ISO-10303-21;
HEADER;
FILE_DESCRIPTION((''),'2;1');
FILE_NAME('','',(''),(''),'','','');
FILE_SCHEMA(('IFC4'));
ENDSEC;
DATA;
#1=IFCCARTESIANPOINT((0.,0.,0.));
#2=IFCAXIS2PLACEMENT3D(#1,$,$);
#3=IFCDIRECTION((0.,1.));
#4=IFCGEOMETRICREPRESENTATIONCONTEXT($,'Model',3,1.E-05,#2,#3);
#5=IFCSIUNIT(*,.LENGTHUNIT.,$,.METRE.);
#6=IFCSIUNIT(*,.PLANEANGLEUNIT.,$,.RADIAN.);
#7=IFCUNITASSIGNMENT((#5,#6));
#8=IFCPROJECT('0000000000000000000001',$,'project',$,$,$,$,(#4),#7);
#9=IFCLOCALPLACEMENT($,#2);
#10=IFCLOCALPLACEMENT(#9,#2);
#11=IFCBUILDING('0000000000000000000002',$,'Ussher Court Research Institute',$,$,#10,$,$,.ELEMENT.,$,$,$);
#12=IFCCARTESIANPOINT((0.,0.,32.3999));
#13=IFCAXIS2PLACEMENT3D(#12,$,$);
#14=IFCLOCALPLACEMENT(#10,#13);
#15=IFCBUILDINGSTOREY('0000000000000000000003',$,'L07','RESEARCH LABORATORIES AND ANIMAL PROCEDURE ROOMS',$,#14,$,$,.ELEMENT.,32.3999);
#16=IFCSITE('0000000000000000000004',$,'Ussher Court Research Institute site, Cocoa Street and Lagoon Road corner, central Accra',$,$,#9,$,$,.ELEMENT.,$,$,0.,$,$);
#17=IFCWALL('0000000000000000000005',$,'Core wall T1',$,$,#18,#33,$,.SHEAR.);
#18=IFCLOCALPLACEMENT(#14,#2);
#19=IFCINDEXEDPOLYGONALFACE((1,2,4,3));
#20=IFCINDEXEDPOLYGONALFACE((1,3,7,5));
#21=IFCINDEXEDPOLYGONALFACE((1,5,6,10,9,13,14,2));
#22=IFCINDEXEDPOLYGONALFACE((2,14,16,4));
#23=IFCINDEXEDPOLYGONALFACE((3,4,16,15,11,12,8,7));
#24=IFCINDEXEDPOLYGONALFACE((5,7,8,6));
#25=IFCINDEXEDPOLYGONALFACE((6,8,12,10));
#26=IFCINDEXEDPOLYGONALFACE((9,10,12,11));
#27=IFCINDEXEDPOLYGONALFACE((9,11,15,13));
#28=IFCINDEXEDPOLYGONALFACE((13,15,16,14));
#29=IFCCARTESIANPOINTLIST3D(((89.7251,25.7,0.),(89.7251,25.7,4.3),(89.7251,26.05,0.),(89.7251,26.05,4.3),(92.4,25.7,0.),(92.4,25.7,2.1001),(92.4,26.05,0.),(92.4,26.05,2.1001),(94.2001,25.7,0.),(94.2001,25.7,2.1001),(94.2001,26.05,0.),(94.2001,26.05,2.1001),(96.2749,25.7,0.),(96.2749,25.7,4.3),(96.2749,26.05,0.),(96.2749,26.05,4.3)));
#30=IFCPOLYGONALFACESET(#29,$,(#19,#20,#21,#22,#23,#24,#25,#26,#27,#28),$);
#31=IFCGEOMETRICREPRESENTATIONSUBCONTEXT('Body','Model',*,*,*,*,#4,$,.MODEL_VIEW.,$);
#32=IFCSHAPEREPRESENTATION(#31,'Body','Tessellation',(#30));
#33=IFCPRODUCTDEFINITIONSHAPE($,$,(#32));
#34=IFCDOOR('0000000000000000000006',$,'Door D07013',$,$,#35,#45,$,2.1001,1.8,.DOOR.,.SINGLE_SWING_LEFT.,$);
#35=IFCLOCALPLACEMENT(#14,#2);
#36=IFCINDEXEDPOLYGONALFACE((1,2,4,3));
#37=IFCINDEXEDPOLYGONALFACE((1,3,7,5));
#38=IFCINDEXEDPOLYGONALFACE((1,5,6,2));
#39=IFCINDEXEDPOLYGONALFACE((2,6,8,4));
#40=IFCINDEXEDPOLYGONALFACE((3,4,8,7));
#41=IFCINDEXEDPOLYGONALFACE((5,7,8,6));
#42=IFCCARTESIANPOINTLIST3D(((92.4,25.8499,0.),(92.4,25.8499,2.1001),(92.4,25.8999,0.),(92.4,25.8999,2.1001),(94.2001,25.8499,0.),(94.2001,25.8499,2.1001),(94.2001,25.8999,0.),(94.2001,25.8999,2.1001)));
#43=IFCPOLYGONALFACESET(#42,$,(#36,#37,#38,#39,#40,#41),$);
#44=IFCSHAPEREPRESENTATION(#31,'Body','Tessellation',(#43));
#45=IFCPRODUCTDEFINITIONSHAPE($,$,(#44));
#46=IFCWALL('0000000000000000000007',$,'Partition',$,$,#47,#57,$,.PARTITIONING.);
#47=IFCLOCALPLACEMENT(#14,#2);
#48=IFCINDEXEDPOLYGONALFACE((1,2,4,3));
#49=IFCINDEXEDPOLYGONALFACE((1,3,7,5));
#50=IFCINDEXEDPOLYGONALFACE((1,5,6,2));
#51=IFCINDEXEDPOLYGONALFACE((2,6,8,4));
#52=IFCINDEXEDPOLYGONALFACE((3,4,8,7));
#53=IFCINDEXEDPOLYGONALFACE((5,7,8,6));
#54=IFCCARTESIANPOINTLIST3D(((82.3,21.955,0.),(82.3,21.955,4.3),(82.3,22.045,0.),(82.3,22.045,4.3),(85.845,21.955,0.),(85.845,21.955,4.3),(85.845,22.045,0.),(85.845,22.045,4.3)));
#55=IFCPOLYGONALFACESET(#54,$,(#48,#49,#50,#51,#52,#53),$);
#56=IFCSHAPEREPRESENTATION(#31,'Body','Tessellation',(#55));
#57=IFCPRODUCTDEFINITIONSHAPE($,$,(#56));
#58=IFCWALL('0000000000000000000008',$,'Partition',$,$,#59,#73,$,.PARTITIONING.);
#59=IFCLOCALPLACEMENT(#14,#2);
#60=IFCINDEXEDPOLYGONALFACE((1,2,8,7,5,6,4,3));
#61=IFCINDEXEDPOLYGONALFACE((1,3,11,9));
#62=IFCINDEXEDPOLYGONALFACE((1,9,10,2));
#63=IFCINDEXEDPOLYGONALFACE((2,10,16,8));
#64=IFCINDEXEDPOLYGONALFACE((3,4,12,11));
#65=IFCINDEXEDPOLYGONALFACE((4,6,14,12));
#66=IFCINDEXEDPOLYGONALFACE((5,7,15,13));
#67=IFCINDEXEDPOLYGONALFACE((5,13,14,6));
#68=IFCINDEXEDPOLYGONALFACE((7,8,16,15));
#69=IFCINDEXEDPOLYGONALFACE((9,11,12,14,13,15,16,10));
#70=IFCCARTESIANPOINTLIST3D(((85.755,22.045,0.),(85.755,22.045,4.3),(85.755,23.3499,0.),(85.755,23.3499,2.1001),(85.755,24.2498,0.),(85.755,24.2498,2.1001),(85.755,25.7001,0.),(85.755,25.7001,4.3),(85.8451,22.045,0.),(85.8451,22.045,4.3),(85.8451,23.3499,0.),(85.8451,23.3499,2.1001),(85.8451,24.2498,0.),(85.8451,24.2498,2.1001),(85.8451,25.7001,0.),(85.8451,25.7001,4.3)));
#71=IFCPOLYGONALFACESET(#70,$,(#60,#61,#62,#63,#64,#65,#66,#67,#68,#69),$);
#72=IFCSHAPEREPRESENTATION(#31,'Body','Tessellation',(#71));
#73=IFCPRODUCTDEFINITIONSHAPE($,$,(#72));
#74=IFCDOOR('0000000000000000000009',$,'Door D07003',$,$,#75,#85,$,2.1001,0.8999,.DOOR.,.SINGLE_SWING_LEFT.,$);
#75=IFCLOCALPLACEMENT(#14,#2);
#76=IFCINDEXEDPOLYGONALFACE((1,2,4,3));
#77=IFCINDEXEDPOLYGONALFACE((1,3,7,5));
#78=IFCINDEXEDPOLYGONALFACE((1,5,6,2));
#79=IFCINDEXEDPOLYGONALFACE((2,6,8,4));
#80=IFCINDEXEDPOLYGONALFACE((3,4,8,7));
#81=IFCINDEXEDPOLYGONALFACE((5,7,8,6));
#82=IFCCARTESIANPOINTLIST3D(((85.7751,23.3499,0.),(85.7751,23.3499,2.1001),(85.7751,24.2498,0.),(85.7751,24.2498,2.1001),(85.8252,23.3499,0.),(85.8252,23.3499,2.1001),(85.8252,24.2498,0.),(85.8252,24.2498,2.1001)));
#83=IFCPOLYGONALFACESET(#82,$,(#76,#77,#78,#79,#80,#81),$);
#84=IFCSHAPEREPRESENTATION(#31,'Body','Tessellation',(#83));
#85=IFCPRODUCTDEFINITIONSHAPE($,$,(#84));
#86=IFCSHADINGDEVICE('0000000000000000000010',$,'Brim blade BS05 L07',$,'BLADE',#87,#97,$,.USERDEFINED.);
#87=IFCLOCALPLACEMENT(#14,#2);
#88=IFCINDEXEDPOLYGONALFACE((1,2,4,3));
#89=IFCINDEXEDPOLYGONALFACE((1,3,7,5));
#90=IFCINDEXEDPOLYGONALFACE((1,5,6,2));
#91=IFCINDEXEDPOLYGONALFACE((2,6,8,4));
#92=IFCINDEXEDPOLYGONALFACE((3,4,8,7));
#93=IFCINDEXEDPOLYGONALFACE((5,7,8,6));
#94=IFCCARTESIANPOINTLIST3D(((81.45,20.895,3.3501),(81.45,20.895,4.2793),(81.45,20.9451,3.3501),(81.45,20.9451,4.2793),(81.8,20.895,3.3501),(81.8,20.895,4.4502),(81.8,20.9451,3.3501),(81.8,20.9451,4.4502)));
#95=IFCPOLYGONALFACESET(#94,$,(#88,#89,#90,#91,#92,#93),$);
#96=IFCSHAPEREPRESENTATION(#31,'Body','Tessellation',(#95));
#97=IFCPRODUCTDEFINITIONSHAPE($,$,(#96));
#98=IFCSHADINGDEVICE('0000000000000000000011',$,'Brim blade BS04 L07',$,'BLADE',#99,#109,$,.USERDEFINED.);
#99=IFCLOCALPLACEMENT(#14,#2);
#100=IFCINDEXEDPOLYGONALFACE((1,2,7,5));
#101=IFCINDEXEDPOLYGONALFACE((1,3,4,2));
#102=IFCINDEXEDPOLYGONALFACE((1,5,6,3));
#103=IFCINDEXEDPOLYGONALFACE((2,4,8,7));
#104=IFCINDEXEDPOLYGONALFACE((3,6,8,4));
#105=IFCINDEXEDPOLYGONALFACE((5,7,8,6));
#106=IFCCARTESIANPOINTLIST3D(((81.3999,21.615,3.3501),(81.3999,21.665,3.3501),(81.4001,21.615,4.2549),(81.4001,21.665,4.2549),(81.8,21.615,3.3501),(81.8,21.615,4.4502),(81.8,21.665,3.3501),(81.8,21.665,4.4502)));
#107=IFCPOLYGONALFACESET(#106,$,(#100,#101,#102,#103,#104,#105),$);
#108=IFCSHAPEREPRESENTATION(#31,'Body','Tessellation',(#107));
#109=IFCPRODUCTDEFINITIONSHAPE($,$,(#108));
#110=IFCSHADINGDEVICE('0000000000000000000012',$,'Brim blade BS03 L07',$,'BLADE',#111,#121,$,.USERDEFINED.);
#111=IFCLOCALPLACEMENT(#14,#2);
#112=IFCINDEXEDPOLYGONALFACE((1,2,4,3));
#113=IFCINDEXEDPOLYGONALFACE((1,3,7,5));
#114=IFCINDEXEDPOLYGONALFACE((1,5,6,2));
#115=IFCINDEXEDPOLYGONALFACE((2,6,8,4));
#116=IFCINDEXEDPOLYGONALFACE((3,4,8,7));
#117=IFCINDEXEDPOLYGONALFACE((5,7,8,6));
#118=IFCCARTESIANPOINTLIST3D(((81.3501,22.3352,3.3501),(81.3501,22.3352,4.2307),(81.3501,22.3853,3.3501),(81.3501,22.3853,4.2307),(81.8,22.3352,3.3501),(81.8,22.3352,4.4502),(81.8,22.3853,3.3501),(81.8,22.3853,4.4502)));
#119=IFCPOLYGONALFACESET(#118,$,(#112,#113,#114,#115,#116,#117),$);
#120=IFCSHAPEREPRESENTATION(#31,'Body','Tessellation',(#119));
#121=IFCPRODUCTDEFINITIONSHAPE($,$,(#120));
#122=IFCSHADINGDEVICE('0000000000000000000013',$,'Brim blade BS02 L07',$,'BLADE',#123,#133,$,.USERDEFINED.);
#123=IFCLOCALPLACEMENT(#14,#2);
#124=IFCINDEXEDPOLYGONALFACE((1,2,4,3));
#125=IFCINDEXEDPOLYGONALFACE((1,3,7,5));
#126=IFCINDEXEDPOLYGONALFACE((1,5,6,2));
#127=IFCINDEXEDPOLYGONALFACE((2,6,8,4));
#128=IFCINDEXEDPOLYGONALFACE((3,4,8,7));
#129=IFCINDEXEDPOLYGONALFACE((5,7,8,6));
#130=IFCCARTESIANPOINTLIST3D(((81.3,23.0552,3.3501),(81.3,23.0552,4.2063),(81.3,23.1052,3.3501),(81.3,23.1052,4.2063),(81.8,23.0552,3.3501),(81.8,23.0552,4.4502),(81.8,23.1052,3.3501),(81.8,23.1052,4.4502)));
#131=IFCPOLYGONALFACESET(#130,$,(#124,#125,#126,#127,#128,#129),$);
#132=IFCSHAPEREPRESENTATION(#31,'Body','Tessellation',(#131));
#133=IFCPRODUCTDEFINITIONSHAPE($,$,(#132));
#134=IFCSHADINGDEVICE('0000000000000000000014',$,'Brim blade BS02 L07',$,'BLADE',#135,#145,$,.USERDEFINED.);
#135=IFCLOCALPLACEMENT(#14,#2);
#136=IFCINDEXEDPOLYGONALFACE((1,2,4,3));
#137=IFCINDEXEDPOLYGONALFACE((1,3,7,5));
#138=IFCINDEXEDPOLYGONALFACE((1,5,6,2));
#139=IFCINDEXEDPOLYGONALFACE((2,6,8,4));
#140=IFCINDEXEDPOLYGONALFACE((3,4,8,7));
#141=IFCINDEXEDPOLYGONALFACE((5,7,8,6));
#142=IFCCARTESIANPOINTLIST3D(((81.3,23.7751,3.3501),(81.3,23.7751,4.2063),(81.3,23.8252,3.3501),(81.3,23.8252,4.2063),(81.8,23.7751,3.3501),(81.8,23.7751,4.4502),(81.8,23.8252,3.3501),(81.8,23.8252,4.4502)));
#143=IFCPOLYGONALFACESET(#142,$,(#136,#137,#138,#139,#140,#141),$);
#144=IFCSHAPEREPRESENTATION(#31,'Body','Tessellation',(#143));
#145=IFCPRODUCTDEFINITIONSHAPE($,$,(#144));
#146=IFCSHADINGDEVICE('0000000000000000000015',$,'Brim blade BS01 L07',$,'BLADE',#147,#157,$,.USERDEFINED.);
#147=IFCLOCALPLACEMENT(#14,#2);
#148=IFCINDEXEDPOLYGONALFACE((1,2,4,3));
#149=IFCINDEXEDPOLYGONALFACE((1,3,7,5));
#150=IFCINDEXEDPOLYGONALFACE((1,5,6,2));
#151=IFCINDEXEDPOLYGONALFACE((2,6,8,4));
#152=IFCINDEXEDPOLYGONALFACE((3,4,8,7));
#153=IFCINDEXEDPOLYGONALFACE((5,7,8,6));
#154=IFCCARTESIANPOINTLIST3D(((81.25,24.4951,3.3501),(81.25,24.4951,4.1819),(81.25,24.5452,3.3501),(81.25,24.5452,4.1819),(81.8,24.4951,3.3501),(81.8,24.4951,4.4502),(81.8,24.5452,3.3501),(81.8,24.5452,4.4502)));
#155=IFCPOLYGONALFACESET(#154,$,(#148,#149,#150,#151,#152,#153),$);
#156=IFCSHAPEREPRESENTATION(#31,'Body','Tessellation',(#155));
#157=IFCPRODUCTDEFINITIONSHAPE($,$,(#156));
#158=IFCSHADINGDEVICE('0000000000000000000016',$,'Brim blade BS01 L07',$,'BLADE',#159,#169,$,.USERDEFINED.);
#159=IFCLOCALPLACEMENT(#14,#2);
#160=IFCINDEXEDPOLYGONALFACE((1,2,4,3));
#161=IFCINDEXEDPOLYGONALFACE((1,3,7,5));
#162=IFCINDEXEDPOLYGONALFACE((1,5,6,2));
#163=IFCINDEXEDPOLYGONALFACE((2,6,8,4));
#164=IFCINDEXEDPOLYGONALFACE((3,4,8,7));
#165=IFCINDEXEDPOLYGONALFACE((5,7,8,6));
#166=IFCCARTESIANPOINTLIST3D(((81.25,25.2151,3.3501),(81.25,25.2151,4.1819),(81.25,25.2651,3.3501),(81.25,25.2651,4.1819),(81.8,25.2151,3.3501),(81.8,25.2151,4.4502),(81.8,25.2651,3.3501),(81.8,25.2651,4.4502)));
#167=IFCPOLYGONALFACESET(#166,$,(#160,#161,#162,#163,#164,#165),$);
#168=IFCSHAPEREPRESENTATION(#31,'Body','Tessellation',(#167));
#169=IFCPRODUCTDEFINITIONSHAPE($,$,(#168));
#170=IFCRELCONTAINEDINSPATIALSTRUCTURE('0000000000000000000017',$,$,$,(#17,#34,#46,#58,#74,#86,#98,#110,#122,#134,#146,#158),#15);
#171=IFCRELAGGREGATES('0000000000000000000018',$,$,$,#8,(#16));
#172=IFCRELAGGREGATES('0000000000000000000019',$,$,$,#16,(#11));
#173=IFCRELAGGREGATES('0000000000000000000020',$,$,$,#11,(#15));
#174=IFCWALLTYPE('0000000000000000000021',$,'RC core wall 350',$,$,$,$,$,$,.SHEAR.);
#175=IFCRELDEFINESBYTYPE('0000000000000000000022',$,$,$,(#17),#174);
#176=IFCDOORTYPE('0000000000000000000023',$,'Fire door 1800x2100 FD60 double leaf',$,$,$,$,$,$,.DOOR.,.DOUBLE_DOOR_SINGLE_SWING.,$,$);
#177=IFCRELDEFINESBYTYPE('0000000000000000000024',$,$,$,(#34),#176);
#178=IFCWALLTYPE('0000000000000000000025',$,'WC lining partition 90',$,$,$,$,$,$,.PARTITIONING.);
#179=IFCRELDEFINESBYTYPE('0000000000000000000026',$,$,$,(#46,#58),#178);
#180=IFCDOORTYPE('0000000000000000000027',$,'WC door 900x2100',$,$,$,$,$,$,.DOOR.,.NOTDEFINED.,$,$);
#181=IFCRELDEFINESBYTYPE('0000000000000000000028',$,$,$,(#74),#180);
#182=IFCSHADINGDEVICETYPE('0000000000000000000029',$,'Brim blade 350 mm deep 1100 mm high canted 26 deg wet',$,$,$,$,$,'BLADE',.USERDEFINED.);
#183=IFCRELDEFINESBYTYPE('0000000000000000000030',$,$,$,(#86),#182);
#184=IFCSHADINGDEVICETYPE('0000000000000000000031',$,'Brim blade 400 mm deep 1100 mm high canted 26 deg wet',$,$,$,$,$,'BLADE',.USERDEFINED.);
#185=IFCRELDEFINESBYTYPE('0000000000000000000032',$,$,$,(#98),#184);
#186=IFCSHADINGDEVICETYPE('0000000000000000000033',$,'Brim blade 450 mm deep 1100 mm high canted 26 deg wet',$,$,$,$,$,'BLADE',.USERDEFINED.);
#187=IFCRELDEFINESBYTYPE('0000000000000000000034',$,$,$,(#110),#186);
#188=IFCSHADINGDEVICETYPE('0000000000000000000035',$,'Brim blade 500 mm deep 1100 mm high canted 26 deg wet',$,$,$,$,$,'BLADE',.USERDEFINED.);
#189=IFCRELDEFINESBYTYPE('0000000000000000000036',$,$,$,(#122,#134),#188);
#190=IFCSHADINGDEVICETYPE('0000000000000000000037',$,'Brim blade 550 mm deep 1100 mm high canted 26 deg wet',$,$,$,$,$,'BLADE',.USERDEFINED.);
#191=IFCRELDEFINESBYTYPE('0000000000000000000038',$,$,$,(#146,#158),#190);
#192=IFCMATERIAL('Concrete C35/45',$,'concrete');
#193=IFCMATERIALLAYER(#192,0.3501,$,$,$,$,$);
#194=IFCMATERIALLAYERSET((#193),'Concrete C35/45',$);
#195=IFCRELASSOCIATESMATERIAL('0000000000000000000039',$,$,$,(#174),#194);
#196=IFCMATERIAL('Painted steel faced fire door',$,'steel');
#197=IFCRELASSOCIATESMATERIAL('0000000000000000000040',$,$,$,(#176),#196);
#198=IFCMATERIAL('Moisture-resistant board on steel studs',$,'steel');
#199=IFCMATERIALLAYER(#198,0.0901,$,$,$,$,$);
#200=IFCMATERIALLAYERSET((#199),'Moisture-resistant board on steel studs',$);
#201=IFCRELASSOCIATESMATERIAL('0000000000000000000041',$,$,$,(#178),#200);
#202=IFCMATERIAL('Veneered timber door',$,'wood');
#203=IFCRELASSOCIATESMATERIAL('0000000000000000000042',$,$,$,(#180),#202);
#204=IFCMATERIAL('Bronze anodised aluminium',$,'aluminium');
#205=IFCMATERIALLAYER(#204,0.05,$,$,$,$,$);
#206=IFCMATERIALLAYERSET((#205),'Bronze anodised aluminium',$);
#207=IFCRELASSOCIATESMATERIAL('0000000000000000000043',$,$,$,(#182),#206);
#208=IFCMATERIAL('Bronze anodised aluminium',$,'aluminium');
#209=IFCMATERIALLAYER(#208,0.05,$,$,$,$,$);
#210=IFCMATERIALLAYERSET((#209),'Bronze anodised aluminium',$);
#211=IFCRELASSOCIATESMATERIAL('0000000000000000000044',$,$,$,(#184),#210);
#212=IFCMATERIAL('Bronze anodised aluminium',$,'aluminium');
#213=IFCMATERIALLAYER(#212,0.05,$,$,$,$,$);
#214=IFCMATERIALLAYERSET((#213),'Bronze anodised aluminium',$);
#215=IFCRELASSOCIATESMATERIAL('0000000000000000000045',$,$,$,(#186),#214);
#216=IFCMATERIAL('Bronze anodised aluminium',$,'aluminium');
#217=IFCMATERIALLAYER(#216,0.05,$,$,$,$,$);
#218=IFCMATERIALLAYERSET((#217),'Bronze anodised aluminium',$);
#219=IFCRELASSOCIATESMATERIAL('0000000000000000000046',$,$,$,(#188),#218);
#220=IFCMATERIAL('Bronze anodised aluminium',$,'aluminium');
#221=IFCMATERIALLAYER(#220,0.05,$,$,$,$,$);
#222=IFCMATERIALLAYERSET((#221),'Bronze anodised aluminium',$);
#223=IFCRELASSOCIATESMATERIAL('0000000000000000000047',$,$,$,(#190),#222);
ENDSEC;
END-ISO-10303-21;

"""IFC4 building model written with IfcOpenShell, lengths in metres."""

from ifc_helpers import new_model, si_unit, direction, frame, frame_2d, origin, place, context, subcontext, project, spatial, polyline, rectangle, outline, extrude, material, layer, layer_set, type_object, element, fill, save


model = new_model("IFC4")

# Units and contexts
model_context = context("Model", 3, precision=1e-05, world=origin(), true_north=direction((0.0, 1.0)))
body_context = subcontext(model_context, "Body", "Model", "MODEL_VIEW")
ifc_project = project(units=[si_unit("LENGTHUNIT", "METRE"), si_unit("PLANEANGLEUNIT", "RADIAN")], contexts=[model_context])

# Site, building, storey
site_placement = place(None, origin())
site = spatial("IfcSite", under=ifc_project, at=site_placement, Name="Ussher Court Research Institute site, Cocoa Street and Lagoon Road corner, central Accra", CompositionType="ELEMENT", RefElevation=0.0)
building_placement = place(site_placement, origin())
building = spatial("IfcBuilding", under=site, at=building_placement, Name="Ussher Court Research Institute", CompositionType="ELEMENT")
storey_placement = place(building_placement, frame((0.0, 0.0, 32.3999)))
storey = spatial("IfcBuildingStorey", under=building, at=storey_placement, Name="L07", Description="RESEARCH LABORATORIES AND ANIMAL PROCEDURE ROOMS", CompositionType="ELEMENT", Elevation=32.3999)

# Wall, opening, door
ifc_material_1 = material(Name="Concrete C35/45", Category="concrete")
ifc_layer_1 = layer(ifc_material_1, 0.3501)
ifc_layer_set_1 = layer_set([ifc_layer_1], Name="Concrete C35/45")
wall_type_1 = type_object("IfcWallType", Name="RC core wall 350", PredefinedType="SHEAR", material=ifc_layer_set_1)
wall_1_placement = place(storey_placement, frame((89.7251, 25.875, 0.0), z_axis=(0.0, 0.0, 1.0), x_axis=(1.0, 0.0, 0.0)))
wall_1 = element("IfcWall", 1, at=wall_1_placement, inside=storey, type_object=wall_type_1, Name="Core wall T1", PredefinedType="SHEAR", context=body_context, shape_type="SweptSolid", body=[
    extrude(rectangle(XDim=6.5498, YDim=0.3501, at=frame_2d((3.2749, 0.0))), origin(), (0.0, 0.0, 1.0), 4.3),
])
opening_1_placement = place(wall_1_placement, frame((2.675, 0.0, 0.0)))
opening_1 = element("IfcOpeningElement", 2, at=opening_1_placement, cuts=wall_1, PredefinedType="OPENING", context=body_context, shape_type="SweptSolid", body=[
    extrude(rectangle(XDim=1.8, YDim=2.1001, at=frame_2d((0.8999, 1.05))), frame((0.0, 0.1851, 0.0), z_axis=(0.0, -1.0, 0.0), x_axis=(1.0, 0.0, 0.0)), (0.0, 0.0, 1.0), 0.3701),
])
ifc_material_2 = material(Name="Painted steel faced fire door", Category="steel")
door_type_1 = type_object("IfcDoorType", Name="Fire door 1800x2100 FD60 double leaf", OperationType="DOUBLE_DOOR_SINGLE_SWING", PredefinedType="DOOR", material=ifc_material_2)
door_1_placement = place(opening_1_placement, origin())
door_1 = element("IfcDoor", 3, at=door_1_placement, inside=storey, type_object=door_type_1, Name="Door D07013", OperationType="SINGLE_SWING_LEFT", OverallHeight=2.1001, OverallWidth=1.8, PredefinedType="DOOR", context=body_context, shape_type="SweptSolid", body=[
    extrude(rectangle(XDim=1.8, YDim=2.1001, at=frame_2d((0.8999, 1.05))), frame((0.0, 0.0249, 0.0), z_axis=(0.0, -1.0, 0.0), x_axis=(1.0, 0.0, 0.0)), (0.0, 0.0, 1.0), 0.05),
])
fill(opening_1, door_1)

# Wall
ifc_material_3 = material(Name="Moisture-resistant board on steel studs", Category="steel")
ifc_layer_2 = layer(ifc_material_3, 0.0901)
ifc_layer_set_2 = layer_set([ifc_layer_2], Name="Moisture-resistant board on steel studs")
wall_type_2 = type_object("IfcWallType", Name="WC lining partition 90", PredefinedType="PARTITIONING", material=ifc_layer_set_2)
wall_2_placement = place(storey_placement, frame((82.3, 22.0, 0.0), z_axis=(0.0, 0.0, 1.0), x_axis=(1.0, 0.0, 0.0)))
element("IfcWall", 4, at=wall_2_placement, inside=storey, type_object=wall_type_2, Name="Partition", PredefinedType="PARTITIONING", context=body_context, shape_type="SweptSolid", body=[
    extrude(rectangle(XDim=3.5449, YDim=0.0901, at=frame_2d((1.7725, 0.0))), origin(), (0.0, 0.0, 1.0), 4.3),
])

# Wall, opening, door
wall_3_placement = place(storey_placement, frame((85.8, 22.0449, 0.0), z_axis=(0.0, 0.0, 1.0), x_axis=(0.0, 1.0, 0.0)))
wall_3 = element("IfcWall", 5, at=wall_3_placement, inside=storey, type_object=wall_type_2, Name="Partition", PredefinedType="PARTITIONING", context=body_context, shape_type="SweptSolid", body=[
    extrude(rectangle(XDim=3.655, YDim=0.0901, at=frame_2d((1.8276, 0.0))), origin(), (0.0, 0.0, 1.0), 4.3),
])
opening_2_placement = place(wall_3_placement, frame((1.3049, 0.0, 0.0)))
opening_2 = element("IfcOpeningElement", 6, at=opening_2_placement, cuts=wall_3, PredefinedType="OPENING", context=body_context, shape_type="SweptSolid", body=[
    extrude(rectangle(XDim=0.8999, YDim=2.1001, at=frame_2d((0.45, 1.05))), frame((0.0, 0.0552, 0.0), z_axis=(0.0, -1.0, 0.0), x_axis=(1.0, 0.0, 0.0)), (0.0, 0.0, 1.0), 0.1101),
])
ifc_material_4 = material(Name="Veneered timber door", Category="wood")
door_type_2 = type_object("IfcDoorType", Name="WC door 900x2100", OperationType="NOTDEFINED", PredefinedType="DOOR", material=ifc_material_4)
door_2_placement = place(opening_2_placement, origin())
door_2 = element("IfcDoor", 7, at=door_2_placement, inside=storey, type_object=door_type_2, Name="Door D07003", OperationType="SINGLE_SWING_LEFT", OverallHeight=2.1001, OverallWidth=0.8999, PredefinedType="DOOR", context=body_context, shape_type="SweptSolid", body=[
    extrude(rectangle(XDim=0.8999, YDim=2.1001, at=frame_2d((0.45, 1.05))), frame((0.0, 0.0249, 0.0), z_axis=(0.0, -1.0, 0.0), x_axis=(1.0, 0.0, 0.0)), (0.0, 0.0, 1.0), 0.05),
])
fill(opening_2, door_2)

# Shading devices
ifc_material_5 = material(Name="Bronze anodised aluminium", Category="aluminium")
ifc_layer_3 = layer(ifc_material_5, 0.05)
ifc_layer_set_3 = layer_set([ifc_layer_3], Name="Bronze anodised aluminium")
shading_device_type_1 = type_object("IfcShadingDeviceType", Name="Brim blade 350 mm deep 1100 mm high canted 26 deg wet", ElementType="BLADE", PredefinedType="USERDEFINED", material=ifc_layer_set_3)
shading_device_1_placement = place(storey_placement, frame((81.8, 20.9199, 3.3501), z_axis=(0.0, 0.0, 1.0), x_axis=(-1.0, 0.0, 0.0)))
element("IfcShadingDevice", 8, at=shading_device_1_placement, inside=storey, type_object=shading_device_type_1, Name="Brim blade BS05 L07", ObjectType="BLADE", PredefinedType="USERDEFINED", context=body_context, shape_type="SweptSolid", body=[
    extrude(outline(polyline([(0.0, 0.0), (0.3501, 0.0), (0.3501, 0.9292), (0.0, 1.1001), (0.0, 0.0)])), frame((0.0, 0.0249, 0.0), z_axis=(0.0, -1.0, 0.0), x_axis=(1.0, 0.0, 0.0)), (0.0, 0.0, 1.0), 0.05),
])
ifc_material_6 = material(Name="Bronze anodised aluminium", Category="aluminium")
ifc_layer_4 = layer(ifc_material_6, 0.05)
ifc_layer_set_4 = layer_set([ifc_layer_4], Name="Bronze anodised aluminium")
shading_device_type_2 = type_object("IfcShadingDeviceType", Name="Brim blade 400 mm deep 1100 mm high canted 26 deg wet", ElementType="BLADE", PredefinedType="USERDEFINED", material=ifc_layer_set_4)
shading_device_2_placement = place(storey_placement, frame((81.8, 21.6399, 3.3501), z_axis=(0.0, 0.0, 1.0), x_axis=(-1.0, 0.0, 0.0)))
element("IfcShadingDevice", 9, at=shading_device_2_placement, inside=storey, type_object=shading_device_type_2, Name="Brim blade BS04 L07", ObjectType="BLADE", PredefinedType="USERDEFINED", context=body_context, shape_type="SweptSolid", body=[
    extrude(outline(polyline([(0.0, 0.0), (0.4001, 0.0), (0.3999, 0.9048), (0.0, 1.1001), (0.0, 0.0)])), frame((0.0, 0.0249, 0.0), z_axis=(0.0, -1.0, 0.0), x_axis=(1.0, 0.0, 0.0)), (0.0, 0.0, 1.0), 0.05),
])
ifc_material_7 = material(Name="Bronze anodised aluminium", Category="aluminium")
ifc_layer_5 = layer(ifc_material_7, 0.05)
ifc_layer_set_5 = layer_set([ifc_layer_5], Name="Bronze anodised aluminium")
shading_device_type_3 = type_object("IfcShadingDeviceType", Name="Brim blade 450 mm deep 1100 mm high canted 26 deg wet", ElementType="BLADE", PredefinedType="USERDEFINED", material=ifc_layer_set_5)
shading_device_3_placement = place(storey_placement, frame((81.8, 22.3601, 3.3501), z_axis=(0.0, 0.0, 1.0), x_axis=(-1.0, 0.0, 0.0)))
element("IfcShadingDevice", 10, at=shading_device_3_placement, inside=storey, type_object=shading_device_type_3, Name="Brim blade BS03 L07", ObjectType="BLADE", PredefinedType="USERDEFINED", context=body_context, shape_type="SweptSolid", body=[
    extrude(outline(polyline([(0.0, 0.0), (0.45, 0.0), (0.45, 0.8806), (0.0, 1.1001), (0.0, 0.0)])), frame((0.0, 0.0249, 0.0), z_axis=(0.0, -1.0, 0.0), x_axis=(1.0, 0.0, 0.0)), (0.0, 0.0, 1.0), 0.05),
])
ifc_material_8 = material(Name="Bronze anodised aluminium", Category="aluminium")
ifc_layer_6 = layer(ifc_material_8, 0.05)
ifc_layer_set_6 = layer_set([ifc_layer_6], Name="Bronze anodised aluminium")
shading_device_type_4 = type_object("IfcShadingDeviceType", Name="Brim blade 500 mm deep 1100 mm high canted 26 deg wet", ElementType="BLADE", PredefinedType="USERDEFINED", material=ifc_layer_set_6)
for number, where, z_axis, x_axis, name in (
    (11, (81.8, 23.0801, 3.3501), (0.0, 0.0, 1.0), (-1.0, 0.0, 0.0), "Brim blade BS02 L07"),
    (12, (81.8, 23.8, 3.3501), (0.0, 0.0, 1.0), (-1.0, 0.0, 0.0), "Brim blade BS02 L07"),
):
    element("IfcShadingDevice", number, at=place(storey_placement, frame(where, z_axis=z_axis, x_axis=x_axis)), inside=storey, type_object=shading_device_type_4, Name=name, ObjectType="BLADE", PredefinedType="USERDEFINED", context=body_context, shape_type="SweptSolid", body=[
        extrude(outline(polyline([(0.0, 0.0), (0.5, 0.0), (0.5, 0.8562), (0.0, 1.1001), (0.0, 0.0)])), frame((0.0, 0.0249, 0.0), z_axis=(0.0, -1.0, 0.0), x_axis=(1.0, 0.0, 0.0)), (0.0, 0.0, 1.0), 0.05),
    ])
ifc_material_9 = material(Name="Bronze anodised aluminium", Category="aluminium")
ifc_layer_7 = layer(ifc_material_9, 0.05)
ifc_layer_set_7 = layer_set([ifc_layer_7], Name="Bronze anodised aluminium")
shading_device_type_5 = type_object("IfcShadingDeviceType", Name="Brim blade 550 mm deep 1100 mm high canted 26 deg wet", ElementType="BLADE", PredefinedType="USERDEFINED", material=ifc_layer_set_7)
for number, where, z_axis, x_axis, name in (
    (13, (81.8, 24.52, 3.3501), (0.0, 0.0, 1.0), (-1.0, 0.0, 0.0), "Brim blade BS01 L07"),
    (14, (81.8, 25.24, 3.3501), (0.0, 0.0, 1.0), (-1.0, 0.0, 0.0), "Brim blade BS01 L07"),
):
    element("IfcShadingDevice", number, at=place(storey_placement, frame(where, z_axis=z_axis, x_axis=x_axis)), inside=storey, type_object=shading_device_type_5, Name=name, ObjectType="BLADE", PredefinedType="USERDEFINED", context=body_context, shape_type="SweptSolid", body=[
        extrude(outline(polyline([(0.0, 0.0), (0.55, 0.0), (0.55, 0.8318), (0.0, 1.1001), (0.0, 0.0)])), frame((0.0, 0.0249, 0.0), z_axis=(0.0, -1.0, 0.0), x_axis=(1.0, 0.0, 0.0)), (0.0, 0.0, 1.0), 0.05),
    ])

save(model, "model.ifc")
